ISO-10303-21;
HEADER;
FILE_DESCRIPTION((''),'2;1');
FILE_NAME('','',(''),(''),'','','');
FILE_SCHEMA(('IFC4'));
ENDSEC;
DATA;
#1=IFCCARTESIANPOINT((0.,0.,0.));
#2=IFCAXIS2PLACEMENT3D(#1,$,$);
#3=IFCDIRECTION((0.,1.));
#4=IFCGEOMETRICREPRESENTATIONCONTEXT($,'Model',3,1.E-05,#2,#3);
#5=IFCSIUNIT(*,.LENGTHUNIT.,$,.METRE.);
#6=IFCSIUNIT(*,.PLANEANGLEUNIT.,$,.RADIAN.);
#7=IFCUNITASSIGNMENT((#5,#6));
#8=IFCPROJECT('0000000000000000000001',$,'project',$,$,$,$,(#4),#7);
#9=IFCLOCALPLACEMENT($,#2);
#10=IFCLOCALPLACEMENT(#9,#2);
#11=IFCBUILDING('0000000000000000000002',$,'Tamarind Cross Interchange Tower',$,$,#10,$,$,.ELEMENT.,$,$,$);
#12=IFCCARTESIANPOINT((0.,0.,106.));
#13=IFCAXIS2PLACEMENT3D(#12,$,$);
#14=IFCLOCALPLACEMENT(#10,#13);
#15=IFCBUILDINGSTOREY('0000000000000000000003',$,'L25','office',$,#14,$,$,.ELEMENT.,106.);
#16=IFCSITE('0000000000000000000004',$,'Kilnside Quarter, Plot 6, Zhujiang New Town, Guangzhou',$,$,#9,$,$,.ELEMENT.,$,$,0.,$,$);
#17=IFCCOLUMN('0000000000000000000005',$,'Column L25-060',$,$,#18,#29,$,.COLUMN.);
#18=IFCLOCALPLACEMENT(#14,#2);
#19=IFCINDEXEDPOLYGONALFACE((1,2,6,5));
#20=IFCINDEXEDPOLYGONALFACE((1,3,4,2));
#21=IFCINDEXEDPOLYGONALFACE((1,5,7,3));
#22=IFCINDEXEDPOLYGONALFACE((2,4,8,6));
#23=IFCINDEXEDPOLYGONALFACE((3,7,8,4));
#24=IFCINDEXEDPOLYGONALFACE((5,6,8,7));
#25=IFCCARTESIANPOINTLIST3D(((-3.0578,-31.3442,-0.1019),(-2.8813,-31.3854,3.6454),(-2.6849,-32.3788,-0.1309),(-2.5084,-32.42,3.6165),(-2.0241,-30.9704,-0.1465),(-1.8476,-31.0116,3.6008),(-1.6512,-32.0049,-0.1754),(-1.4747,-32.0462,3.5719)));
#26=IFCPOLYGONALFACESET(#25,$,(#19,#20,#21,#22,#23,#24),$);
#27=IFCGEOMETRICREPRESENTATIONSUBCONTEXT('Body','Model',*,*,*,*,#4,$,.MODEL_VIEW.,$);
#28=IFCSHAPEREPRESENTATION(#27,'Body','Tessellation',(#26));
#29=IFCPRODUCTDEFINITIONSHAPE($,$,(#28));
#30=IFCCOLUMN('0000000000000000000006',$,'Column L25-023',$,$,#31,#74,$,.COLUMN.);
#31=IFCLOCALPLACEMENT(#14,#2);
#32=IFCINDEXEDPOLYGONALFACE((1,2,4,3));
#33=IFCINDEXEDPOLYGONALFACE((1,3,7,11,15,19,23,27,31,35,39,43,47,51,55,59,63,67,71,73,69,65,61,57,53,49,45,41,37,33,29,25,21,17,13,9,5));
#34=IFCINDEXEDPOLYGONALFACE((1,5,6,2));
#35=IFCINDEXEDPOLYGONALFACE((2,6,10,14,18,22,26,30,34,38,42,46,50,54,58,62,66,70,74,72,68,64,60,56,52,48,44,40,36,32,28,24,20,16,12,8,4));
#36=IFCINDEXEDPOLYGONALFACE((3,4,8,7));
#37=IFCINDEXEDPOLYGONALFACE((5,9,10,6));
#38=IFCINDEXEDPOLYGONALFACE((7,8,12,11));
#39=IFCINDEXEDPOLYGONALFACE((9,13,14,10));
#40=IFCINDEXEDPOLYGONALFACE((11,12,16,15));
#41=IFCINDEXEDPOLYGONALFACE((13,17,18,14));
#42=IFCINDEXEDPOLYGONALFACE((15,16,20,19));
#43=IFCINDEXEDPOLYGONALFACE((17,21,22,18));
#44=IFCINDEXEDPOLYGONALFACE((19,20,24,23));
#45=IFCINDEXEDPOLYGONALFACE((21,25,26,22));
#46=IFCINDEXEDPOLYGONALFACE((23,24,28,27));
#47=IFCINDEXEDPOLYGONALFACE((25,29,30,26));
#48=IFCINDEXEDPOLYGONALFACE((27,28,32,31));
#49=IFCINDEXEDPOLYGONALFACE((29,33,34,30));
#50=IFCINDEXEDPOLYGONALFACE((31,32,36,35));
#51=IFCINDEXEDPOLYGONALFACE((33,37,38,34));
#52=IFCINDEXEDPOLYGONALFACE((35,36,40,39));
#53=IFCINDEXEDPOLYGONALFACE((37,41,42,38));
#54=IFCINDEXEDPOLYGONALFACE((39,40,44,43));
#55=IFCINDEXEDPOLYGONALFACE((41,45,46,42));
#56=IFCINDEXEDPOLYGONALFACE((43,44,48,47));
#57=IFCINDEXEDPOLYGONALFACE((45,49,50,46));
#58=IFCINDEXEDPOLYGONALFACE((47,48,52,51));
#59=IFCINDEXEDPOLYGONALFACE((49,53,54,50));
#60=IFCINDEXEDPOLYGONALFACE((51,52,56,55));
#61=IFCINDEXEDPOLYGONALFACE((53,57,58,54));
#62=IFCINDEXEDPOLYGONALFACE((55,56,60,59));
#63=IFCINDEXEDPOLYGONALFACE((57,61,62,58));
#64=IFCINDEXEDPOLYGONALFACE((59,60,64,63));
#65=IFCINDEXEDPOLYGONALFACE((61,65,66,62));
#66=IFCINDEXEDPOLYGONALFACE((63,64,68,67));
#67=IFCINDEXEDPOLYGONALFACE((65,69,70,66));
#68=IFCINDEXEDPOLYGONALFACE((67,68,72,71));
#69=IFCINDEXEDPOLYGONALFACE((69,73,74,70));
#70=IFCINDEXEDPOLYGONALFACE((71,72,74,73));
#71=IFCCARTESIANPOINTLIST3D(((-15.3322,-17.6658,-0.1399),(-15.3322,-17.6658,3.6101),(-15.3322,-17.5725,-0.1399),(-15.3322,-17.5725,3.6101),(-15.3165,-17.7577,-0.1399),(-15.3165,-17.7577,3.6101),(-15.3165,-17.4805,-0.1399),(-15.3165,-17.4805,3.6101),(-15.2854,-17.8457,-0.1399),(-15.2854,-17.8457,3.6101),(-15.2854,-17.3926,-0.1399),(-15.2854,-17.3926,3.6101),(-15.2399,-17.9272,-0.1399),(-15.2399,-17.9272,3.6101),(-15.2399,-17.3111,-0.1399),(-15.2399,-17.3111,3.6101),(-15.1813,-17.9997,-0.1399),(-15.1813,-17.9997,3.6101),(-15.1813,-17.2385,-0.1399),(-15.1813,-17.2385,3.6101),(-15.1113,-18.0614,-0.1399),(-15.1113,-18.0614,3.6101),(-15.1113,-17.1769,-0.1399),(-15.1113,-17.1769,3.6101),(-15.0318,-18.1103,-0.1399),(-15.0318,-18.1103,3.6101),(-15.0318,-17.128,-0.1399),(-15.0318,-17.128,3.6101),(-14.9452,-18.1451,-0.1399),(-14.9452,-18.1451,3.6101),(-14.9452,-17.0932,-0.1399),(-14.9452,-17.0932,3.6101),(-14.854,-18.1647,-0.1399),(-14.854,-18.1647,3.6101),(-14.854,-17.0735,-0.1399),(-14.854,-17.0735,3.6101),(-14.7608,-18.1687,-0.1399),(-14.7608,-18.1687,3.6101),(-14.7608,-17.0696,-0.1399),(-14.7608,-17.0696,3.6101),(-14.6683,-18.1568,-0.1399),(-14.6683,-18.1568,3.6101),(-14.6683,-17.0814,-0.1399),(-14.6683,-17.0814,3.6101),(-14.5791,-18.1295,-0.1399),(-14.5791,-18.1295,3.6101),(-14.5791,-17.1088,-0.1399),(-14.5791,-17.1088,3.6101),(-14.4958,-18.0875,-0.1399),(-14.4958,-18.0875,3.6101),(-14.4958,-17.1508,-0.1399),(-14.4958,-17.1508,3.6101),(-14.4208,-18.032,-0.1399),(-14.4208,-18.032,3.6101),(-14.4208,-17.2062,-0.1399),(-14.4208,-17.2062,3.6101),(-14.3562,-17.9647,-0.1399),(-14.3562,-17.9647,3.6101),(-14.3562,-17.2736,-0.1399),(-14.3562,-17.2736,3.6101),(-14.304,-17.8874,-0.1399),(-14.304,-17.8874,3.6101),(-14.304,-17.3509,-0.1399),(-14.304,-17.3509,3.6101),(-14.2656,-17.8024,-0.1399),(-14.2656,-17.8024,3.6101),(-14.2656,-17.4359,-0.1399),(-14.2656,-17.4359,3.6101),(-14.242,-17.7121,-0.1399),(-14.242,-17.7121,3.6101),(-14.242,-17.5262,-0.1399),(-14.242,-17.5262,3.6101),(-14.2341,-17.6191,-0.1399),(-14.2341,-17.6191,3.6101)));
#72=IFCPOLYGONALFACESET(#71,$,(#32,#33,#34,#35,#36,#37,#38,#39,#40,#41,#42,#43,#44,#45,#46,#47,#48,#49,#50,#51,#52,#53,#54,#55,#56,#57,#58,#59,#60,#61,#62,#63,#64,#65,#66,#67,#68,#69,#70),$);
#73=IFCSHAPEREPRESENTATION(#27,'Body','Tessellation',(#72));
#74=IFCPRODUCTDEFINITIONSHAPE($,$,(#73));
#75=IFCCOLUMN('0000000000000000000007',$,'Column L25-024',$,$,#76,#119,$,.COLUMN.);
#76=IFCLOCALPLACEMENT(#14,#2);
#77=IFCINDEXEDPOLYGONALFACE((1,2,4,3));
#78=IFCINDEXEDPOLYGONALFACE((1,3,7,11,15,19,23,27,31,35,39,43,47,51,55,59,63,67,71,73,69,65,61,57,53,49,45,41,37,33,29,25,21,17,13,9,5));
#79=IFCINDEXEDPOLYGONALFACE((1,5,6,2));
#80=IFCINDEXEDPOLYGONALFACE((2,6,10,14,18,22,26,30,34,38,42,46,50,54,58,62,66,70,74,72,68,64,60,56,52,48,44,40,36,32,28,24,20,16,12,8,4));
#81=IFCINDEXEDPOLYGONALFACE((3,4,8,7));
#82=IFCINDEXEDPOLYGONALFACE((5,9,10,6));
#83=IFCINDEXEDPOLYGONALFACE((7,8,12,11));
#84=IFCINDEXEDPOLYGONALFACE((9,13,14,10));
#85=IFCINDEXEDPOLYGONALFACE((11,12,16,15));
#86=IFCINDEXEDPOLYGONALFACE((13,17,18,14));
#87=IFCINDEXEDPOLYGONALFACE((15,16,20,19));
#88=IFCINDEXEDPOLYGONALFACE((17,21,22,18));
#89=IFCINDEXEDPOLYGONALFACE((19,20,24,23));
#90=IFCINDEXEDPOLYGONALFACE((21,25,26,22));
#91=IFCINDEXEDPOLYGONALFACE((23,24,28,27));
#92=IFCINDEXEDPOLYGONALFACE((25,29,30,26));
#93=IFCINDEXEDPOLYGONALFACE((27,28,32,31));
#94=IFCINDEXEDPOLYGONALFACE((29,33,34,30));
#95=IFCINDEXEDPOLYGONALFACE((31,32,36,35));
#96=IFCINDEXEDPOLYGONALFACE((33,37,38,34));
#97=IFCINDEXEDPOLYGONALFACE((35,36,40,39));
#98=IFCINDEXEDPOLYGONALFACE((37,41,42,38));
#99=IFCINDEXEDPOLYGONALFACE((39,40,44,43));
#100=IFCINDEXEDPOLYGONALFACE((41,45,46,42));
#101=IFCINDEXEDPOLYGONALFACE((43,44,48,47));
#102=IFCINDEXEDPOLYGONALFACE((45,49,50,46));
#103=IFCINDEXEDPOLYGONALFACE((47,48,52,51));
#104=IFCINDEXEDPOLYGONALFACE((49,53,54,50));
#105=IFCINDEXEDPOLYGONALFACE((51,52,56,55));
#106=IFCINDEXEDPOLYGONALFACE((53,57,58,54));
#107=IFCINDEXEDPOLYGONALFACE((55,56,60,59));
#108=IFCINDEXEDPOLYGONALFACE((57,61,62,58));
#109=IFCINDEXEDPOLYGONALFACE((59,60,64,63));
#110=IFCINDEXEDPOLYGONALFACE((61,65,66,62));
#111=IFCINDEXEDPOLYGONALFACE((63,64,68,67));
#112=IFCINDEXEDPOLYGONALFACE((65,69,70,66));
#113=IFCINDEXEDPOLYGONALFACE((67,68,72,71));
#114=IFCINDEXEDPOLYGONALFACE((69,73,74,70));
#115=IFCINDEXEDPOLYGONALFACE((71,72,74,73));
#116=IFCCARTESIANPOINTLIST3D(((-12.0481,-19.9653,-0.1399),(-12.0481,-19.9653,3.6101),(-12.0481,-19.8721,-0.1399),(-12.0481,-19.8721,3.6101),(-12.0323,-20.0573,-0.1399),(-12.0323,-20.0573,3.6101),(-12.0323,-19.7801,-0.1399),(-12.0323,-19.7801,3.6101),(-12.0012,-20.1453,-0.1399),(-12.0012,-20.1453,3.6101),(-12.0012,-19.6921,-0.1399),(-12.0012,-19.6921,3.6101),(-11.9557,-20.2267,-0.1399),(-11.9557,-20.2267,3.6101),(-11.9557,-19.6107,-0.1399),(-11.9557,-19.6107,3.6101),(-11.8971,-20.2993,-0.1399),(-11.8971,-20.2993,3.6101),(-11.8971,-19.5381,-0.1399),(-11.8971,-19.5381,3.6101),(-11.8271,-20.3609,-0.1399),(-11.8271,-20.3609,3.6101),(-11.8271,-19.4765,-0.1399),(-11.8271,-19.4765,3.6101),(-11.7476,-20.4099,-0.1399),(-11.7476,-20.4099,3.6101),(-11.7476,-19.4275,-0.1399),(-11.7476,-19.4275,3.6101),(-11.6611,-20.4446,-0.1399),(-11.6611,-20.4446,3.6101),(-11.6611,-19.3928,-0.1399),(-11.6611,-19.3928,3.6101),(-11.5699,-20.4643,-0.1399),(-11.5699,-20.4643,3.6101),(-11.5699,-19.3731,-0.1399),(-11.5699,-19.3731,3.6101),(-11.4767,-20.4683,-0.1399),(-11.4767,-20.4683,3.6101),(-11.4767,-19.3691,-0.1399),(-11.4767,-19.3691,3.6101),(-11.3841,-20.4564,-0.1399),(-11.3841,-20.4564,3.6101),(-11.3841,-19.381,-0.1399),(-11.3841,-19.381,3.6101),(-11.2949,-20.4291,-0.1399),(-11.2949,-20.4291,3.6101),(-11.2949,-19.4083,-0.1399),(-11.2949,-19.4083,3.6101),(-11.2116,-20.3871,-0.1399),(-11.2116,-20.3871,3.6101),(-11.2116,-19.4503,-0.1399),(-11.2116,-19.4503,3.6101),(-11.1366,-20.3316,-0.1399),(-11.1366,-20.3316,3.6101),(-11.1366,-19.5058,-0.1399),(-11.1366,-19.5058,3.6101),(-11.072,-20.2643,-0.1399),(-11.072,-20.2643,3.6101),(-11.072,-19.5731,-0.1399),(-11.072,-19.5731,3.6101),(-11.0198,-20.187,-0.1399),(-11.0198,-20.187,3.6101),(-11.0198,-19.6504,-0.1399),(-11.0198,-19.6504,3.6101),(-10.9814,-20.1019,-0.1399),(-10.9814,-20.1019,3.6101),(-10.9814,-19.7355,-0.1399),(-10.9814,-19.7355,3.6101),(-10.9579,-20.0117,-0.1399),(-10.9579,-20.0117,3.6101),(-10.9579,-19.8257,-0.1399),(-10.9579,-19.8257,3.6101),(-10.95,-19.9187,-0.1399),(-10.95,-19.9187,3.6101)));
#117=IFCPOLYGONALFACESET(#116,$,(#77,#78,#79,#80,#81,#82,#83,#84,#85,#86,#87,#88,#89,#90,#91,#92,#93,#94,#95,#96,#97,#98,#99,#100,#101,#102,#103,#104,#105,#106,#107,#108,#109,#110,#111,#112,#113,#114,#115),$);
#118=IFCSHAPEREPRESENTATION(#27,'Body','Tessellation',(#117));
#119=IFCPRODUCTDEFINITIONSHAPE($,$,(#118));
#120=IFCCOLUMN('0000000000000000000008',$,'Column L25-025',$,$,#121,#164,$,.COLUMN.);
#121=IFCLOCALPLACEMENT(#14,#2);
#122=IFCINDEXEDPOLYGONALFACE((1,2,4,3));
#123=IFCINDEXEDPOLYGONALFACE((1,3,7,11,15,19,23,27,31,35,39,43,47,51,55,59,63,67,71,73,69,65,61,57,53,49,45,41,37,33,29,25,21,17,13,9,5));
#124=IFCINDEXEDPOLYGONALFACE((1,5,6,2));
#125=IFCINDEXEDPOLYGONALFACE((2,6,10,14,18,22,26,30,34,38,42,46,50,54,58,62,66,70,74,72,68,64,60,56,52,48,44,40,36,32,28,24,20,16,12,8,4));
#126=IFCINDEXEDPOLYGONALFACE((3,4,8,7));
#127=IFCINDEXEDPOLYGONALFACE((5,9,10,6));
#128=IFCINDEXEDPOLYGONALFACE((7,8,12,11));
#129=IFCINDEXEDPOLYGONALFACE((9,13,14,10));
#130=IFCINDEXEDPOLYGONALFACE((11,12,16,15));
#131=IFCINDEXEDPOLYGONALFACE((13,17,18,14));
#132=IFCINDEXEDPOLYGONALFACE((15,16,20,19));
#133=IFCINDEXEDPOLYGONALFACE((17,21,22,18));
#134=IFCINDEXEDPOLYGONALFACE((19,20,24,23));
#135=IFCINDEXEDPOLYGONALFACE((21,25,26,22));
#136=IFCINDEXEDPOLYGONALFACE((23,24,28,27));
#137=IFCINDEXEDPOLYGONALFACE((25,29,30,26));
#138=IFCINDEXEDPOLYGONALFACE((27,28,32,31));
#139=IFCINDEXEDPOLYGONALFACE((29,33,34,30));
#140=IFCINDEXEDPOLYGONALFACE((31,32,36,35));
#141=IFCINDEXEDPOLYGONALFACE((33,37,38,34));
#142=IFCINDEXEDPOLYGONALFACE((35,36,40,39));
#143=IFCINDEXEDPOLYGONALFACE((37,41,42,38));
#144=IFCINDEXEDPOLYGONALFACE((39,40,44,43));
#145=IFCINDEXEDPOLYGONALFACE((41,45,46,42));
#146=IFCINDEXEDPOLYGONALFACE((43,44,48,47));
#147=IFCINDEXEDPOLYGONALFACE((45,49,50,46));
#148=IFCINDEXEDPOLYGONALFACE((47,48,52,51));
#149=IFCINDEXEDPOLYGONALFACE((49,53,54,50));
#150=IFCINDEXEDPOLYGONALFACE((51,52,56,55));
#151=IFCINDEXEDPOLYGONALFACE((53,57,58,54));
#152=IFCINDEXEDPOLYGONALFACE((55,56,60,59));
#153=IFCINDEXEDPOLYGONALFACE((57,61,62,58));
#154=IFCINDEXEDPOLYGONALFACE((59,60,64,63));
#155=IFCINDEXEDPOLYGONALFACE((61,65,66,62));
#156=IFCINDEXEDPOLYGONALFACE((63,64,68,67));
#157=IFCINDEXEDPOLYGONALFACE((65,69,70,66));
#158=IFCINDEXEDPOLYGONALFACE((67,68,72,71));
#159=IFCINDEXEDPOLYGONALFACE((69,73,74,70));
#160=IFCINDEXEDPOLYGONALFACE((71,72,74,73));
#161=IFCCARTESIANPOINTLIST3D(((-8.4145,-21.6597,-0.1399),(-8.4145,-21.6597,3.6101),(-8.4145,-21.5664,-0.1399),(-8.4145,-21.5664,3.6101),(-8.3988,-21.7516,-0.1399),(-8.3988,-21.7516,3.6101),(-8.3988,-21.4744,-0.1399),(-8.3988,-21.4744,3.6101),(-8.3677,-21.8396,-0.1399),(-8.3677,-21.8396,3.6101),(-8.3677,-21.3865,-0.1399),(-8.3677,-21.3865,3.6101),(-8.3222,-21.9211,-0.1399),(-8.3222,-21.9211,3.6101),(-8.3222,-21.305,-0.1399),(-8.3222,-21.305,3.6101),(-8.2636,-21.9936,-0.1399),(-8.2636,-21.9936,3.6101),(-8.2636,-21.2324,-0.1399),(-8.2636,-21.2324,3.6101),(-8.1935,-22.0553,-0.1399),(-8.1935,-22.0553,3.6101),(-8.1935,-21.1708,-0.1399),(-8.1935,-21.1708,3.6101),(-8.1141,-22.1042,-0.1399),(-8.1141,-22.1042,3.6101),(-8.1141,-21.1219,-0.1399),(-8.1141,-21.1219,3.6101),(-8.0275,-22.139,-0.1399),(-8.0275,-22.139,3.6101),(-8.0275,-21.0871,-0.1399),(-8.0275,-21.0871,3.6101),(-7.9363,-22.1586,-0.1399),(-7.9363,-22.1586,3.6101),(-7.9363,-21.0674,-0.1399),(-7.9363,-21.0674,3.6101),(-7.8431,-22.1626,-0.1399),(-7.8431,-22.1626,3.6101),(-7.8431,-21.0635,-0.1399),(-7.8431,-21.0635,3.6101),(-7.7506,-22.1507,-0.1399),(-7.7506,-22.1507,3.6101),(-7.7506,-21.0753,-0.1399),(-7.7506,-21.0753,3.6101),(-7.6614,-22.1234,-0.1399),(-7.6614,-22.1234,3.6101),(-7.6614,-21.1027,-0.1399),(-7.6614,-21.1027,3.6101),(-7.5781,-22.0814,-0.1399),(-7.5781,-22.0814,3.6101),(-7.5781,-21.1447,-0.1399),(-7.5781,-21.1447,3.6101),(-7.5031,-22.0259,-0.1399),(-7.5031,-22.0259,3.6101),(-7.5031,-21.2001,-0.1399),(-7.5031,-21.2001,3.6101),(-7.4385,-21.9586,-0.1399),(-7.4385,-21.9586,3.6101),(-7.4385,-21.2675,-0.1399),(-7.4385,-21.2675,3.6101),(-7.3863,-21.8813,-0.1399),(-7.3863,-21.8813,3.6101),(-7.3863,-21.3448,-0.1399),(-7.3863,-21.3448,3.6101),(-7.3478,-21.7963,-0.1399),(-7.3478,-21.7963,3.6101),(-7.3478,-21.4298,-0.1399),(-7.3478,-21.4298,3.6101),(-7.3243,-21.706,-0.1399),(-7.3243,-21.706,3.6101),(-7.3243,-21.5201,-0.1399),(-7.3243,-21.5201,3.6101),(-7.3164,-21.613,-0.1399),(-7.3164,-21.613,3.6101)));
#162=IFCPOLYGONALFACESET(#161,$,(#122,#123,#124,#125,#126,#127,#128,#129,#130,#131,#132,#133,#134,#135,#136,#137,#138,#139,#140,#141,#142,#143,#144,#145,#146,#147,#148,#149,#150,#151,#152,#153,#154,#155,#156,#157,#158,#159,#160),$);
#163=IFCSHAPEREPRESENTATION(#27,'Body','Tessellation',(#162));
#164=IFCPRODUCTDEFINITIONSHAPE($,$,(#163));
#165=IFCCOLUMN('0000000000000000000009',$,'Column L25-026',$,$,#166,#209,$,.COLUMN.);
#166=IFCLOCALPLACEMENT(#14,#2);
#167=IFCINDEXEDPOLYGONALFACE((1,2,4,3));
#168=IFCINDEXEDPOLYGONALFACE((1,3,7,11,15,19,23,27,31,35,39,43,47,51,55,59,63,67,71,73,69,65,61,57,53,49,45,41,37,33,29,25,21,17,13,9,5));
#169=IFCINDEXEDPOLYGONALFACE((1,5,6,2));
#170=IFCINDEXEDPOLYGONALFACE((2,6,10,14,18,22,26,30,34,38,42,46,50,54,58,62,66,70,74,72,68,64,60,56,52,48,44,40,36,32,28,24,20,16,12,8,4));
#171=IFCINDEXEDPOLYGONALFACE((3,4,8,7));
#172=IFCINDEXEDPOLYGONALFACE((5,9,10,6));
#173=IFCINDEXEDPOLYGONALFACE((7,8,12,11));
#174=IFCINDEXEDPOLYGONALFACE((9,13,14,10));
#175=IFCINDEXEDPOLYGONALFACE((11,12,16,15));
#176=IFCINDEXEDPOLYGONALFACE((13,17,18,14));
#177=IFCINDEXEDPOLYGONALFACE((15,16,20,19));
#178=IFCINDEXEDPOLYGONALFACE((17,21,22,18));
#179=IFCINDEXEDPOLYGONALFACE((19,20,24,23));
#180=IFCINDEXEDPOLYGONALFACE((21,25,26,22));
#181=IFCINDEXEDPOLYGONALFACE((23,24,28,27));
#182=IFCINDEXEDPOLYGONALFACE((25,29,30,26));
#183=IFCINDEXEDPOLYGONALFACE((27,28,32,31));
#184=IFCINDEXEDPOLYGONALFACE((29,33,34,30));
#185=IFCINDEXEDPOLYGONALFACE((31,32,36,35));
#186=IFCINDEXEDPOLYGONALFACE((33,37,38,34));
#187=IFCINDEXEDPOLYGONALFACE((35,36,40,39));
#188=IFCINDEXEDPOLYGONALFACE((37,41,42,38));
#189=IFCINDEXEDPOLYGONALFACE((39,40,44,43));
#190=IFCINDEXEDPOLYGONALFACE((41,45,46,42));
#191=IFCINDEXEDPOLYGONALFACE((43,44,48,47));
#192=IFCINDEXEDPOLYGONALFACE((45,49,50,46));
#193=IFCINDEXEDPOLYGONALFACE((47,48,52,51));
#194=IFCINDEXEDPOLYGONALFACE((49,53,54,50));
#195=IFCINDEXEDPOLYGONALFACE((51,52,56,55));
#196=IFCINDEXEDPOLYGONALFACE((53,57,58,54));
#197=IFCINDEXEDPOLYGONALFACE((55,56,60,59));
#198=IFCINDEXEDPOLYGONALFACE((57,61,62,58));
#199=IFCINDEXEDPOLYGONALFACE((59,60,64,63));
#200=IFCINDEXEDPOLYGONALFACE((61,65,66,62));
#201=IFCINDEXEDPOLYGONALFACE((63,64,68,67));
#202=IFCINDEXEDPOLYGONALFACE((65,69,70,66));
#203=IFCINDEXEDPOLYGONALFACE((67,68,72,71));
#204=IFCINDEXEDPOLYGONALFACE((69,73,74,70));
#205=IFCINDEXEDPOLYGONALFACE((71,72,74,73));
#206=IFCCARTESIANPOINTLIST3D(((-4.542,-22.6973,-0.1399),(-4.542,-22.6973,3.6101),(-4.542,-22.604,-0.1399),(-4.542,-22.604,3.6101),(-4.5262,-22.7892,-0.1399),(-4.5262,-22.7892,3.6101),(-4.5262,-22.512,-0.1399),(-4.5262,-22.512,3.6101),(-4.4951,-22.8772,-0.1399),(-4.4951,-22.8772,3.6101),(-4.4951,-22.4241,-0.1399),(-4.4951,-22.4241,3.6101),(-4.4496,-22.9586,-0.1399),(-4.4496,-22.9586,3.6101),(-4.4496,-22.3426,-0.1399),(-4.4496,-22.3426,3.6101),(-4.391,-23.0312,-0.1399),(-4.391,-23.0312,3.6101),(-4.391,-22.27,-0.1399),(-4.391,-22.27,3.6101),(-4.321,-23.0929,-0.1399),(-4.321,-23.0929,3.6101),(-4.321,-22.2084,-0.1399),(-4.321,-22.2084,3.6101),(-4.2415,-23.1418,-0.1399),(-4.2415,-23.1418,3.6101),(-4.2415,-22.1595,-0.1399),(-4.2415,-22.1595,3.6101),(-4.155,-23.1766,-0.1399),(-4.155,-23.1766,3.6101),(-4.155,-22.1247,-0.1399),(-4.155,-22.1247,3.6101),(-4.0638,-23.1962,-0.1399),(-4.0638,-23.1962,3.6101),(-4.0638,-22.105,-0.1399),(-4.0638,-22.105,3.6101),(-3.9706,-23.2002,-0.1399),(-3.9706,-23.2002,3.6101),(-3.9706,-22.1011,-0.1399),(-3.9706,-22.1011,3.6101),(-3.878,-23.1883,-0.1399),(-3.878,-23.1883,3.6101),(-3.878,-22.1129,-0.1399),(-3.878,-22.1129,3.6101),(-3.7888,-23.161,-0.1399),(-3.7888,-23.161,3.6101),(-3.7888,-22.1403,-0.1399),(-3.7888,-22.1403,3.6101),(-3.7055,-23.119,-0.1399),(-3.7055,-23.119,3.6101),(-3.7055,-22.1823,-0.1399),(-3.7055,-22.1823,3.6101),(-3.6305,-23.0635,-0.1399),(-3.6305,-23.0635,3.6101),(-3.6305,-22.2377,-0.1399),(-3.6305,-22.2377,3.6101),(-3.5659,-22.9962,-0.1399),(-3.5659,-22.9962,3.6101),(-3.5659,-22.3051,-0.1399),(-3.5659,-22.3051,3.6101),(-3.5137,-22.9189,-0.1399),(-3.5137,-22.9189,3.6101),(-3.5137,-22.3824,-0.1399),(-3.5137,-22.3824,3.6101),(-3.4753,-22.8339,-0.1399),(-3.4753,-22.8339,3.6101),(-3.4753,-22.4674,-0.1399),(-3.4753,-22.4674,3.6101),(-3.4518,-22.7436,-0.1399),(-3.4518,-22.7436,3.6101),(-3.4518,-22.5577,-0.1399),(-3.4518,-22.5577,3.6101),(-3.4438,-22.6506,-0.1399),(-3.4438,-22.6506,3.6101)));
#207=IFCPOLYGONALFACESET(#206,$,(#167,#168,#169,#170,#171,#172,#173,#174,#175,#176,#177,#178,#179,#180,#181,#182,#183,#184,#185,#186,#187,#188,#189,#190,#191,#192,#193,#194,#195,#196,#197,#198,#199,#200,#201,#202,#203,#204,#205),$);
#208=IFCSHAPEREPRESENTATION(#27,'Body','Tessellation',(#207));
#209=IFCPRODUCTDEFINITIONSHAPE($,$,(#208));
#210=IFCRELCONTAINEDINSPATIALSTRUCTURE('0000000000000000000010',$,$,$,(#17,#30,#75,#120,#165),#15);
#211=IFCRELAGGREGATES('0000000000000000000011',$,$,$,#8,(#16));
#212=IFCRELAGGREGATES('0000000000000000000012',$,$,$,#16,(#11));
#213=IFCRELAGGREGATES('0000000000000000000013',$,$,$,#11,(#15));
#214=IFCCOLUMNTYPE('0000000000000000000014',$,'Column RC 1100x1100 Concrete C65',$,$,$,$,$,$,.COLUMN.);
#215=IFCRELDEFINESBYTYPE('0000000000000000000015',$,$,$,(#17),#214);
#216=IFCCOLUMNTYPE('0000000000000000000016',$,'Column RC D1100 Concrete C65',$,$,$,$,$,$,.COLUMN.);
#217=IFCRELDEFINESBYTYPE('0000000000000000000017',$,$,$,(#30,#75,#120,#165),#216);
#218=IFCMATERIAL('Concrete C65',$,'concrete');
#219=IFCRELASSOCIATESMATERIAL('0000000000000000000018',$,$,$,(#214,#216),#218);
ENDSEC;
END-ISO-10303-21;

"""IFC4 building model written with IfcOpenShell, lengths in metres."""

from ifc_helpers import new_model, si_unit, direction, frame, origin, origin_2d, place, context, subcontext, project, spatial, rectangle, circle, extrude, material, material_profile, profile_set, type_object, element, save


model = new_model("IFC4")

# Units and contexts
model_context = context("Model", 3, precision=1e-05, world=origin(), true_north=direction((0.0, 1.0)))
body_context = subcontext(model_context, "Body", "Model", "MODEL_VIEW")
ifc_project = project(units=[si_unit("LENGTHUNIT", "METRE"), si_unit("PLANEANGLEUNIT", "RADIAN")], contexts=[model_context])

# Site, building, storey
site_placement = place(None, origin())
site = spatial("IfcSite", under=ifc_project, at=site_placement, Name="Kilnside Quarter, Plot 6, Zhujiang New Town, Guangzhou", CompositionType="ELEMENT", RefElevation=0.0)
building_placement = place(site_placement, origin())
building = spatial("IfcBuilding", under=site, at=building_placement, Name="Tamarind Cross Interchange Tower", CompositionType="ELEMENT")
storey_placement = place(building_placement, frame((0.0, 0.0, 106.0)))
storey = spatial("IfcBuildingStorey", under=building, at=storey_placement, Name="L25", Description="office", CompositionType="ELEMENT", Elevation=106.0)

# Columns
ifc_material_1 = material(Name="Concrete C65", Category="concrete")
ifc_material_profile_1 = material_profile(ifc_material_1, rectangle(XDim=1.1001, YDim=1.1001, at=origin_2d()), Name="RC 1100x1100")
ifc_profile_set_1 = profile_set([ifc_material_profile_1], Name="Concrete C65")
column_type_1 = type_object("IfcColumnType", Name="Column RC 1100x1100 Concrete C65", PredefinedType="COLUMN", material=ifc_profile_set_1)
column_placement = place(storey_placement, frame((-2.3545, -31.6746, -0.1387), z_axis=(0.047049, -0.010998, 0.998832), x_axis=(-0.338964, 0.940431, 0.026321)))
element("IfcColumn", 1, at=column_placement, inside=storey, type_object=column_type_1, Name="Column L25-060", PredefinedType="COLUMN", context=body_context, shape_type="SweptSolid", body=[
    extrude(rectangle(XDim=1.1001, YDim=1.1001, at=origin_2d()), origin(), (0.0, 0.0, 1.0), 3.7517),
])
ifc_material_profile_2 = material_profile(ifc_material_1, circle(Radius=0.55, at=origin_2d()), Name="RC D1100")
ifc_profile_set_2 = profile_set([ifc_material_profile_2], Name="Concrete C65")
column_type_2 = type_object("IfcColumnType", Name="Column RC D1100 Concrete C65", PredefinedType="COLUMN", material=ifc_profile_set_2)
for number, where, z_axis, x_axis, name in (
    (2, (-14.7842, -17.6191, -0.1399), (0.0, 0.0, 1.0), (1.0, 0.0, 0.0), "Column L25-023"),
    (3, (-11.5, -19.9187, -0.1399), (0.0, 0.0, 1.0), (1.0, 0.0, 0.0), "Column L25-024"),
    (4, (-7.8665, -21.613, -0.1399), (0.0, 0.0, 1.0), (1.0, 0.0, 0.0), "Column L25-025"),
    (5, (-3.9939, -22.6506, -0.1399), (0.0, 0.0, 1.0), (1.0, 0.0, 0.0), "Column L25-026"),
):
    element("IfcColumn", number, at=place(storey_placement, frame(where, z_axis=z_axis, x_axis=x_axis)), inside=storey, type_object=column_type_2, Name=name, PredefinedType="COLUMN", context=body_context, shape_type="SweptSolid", body=[
        extrude(circle(Radius=0.55, at=origin_2d()), origin(), (0.0, 0.0, 1.0), 3.75),
    ])

save(model, "model.ifc")
